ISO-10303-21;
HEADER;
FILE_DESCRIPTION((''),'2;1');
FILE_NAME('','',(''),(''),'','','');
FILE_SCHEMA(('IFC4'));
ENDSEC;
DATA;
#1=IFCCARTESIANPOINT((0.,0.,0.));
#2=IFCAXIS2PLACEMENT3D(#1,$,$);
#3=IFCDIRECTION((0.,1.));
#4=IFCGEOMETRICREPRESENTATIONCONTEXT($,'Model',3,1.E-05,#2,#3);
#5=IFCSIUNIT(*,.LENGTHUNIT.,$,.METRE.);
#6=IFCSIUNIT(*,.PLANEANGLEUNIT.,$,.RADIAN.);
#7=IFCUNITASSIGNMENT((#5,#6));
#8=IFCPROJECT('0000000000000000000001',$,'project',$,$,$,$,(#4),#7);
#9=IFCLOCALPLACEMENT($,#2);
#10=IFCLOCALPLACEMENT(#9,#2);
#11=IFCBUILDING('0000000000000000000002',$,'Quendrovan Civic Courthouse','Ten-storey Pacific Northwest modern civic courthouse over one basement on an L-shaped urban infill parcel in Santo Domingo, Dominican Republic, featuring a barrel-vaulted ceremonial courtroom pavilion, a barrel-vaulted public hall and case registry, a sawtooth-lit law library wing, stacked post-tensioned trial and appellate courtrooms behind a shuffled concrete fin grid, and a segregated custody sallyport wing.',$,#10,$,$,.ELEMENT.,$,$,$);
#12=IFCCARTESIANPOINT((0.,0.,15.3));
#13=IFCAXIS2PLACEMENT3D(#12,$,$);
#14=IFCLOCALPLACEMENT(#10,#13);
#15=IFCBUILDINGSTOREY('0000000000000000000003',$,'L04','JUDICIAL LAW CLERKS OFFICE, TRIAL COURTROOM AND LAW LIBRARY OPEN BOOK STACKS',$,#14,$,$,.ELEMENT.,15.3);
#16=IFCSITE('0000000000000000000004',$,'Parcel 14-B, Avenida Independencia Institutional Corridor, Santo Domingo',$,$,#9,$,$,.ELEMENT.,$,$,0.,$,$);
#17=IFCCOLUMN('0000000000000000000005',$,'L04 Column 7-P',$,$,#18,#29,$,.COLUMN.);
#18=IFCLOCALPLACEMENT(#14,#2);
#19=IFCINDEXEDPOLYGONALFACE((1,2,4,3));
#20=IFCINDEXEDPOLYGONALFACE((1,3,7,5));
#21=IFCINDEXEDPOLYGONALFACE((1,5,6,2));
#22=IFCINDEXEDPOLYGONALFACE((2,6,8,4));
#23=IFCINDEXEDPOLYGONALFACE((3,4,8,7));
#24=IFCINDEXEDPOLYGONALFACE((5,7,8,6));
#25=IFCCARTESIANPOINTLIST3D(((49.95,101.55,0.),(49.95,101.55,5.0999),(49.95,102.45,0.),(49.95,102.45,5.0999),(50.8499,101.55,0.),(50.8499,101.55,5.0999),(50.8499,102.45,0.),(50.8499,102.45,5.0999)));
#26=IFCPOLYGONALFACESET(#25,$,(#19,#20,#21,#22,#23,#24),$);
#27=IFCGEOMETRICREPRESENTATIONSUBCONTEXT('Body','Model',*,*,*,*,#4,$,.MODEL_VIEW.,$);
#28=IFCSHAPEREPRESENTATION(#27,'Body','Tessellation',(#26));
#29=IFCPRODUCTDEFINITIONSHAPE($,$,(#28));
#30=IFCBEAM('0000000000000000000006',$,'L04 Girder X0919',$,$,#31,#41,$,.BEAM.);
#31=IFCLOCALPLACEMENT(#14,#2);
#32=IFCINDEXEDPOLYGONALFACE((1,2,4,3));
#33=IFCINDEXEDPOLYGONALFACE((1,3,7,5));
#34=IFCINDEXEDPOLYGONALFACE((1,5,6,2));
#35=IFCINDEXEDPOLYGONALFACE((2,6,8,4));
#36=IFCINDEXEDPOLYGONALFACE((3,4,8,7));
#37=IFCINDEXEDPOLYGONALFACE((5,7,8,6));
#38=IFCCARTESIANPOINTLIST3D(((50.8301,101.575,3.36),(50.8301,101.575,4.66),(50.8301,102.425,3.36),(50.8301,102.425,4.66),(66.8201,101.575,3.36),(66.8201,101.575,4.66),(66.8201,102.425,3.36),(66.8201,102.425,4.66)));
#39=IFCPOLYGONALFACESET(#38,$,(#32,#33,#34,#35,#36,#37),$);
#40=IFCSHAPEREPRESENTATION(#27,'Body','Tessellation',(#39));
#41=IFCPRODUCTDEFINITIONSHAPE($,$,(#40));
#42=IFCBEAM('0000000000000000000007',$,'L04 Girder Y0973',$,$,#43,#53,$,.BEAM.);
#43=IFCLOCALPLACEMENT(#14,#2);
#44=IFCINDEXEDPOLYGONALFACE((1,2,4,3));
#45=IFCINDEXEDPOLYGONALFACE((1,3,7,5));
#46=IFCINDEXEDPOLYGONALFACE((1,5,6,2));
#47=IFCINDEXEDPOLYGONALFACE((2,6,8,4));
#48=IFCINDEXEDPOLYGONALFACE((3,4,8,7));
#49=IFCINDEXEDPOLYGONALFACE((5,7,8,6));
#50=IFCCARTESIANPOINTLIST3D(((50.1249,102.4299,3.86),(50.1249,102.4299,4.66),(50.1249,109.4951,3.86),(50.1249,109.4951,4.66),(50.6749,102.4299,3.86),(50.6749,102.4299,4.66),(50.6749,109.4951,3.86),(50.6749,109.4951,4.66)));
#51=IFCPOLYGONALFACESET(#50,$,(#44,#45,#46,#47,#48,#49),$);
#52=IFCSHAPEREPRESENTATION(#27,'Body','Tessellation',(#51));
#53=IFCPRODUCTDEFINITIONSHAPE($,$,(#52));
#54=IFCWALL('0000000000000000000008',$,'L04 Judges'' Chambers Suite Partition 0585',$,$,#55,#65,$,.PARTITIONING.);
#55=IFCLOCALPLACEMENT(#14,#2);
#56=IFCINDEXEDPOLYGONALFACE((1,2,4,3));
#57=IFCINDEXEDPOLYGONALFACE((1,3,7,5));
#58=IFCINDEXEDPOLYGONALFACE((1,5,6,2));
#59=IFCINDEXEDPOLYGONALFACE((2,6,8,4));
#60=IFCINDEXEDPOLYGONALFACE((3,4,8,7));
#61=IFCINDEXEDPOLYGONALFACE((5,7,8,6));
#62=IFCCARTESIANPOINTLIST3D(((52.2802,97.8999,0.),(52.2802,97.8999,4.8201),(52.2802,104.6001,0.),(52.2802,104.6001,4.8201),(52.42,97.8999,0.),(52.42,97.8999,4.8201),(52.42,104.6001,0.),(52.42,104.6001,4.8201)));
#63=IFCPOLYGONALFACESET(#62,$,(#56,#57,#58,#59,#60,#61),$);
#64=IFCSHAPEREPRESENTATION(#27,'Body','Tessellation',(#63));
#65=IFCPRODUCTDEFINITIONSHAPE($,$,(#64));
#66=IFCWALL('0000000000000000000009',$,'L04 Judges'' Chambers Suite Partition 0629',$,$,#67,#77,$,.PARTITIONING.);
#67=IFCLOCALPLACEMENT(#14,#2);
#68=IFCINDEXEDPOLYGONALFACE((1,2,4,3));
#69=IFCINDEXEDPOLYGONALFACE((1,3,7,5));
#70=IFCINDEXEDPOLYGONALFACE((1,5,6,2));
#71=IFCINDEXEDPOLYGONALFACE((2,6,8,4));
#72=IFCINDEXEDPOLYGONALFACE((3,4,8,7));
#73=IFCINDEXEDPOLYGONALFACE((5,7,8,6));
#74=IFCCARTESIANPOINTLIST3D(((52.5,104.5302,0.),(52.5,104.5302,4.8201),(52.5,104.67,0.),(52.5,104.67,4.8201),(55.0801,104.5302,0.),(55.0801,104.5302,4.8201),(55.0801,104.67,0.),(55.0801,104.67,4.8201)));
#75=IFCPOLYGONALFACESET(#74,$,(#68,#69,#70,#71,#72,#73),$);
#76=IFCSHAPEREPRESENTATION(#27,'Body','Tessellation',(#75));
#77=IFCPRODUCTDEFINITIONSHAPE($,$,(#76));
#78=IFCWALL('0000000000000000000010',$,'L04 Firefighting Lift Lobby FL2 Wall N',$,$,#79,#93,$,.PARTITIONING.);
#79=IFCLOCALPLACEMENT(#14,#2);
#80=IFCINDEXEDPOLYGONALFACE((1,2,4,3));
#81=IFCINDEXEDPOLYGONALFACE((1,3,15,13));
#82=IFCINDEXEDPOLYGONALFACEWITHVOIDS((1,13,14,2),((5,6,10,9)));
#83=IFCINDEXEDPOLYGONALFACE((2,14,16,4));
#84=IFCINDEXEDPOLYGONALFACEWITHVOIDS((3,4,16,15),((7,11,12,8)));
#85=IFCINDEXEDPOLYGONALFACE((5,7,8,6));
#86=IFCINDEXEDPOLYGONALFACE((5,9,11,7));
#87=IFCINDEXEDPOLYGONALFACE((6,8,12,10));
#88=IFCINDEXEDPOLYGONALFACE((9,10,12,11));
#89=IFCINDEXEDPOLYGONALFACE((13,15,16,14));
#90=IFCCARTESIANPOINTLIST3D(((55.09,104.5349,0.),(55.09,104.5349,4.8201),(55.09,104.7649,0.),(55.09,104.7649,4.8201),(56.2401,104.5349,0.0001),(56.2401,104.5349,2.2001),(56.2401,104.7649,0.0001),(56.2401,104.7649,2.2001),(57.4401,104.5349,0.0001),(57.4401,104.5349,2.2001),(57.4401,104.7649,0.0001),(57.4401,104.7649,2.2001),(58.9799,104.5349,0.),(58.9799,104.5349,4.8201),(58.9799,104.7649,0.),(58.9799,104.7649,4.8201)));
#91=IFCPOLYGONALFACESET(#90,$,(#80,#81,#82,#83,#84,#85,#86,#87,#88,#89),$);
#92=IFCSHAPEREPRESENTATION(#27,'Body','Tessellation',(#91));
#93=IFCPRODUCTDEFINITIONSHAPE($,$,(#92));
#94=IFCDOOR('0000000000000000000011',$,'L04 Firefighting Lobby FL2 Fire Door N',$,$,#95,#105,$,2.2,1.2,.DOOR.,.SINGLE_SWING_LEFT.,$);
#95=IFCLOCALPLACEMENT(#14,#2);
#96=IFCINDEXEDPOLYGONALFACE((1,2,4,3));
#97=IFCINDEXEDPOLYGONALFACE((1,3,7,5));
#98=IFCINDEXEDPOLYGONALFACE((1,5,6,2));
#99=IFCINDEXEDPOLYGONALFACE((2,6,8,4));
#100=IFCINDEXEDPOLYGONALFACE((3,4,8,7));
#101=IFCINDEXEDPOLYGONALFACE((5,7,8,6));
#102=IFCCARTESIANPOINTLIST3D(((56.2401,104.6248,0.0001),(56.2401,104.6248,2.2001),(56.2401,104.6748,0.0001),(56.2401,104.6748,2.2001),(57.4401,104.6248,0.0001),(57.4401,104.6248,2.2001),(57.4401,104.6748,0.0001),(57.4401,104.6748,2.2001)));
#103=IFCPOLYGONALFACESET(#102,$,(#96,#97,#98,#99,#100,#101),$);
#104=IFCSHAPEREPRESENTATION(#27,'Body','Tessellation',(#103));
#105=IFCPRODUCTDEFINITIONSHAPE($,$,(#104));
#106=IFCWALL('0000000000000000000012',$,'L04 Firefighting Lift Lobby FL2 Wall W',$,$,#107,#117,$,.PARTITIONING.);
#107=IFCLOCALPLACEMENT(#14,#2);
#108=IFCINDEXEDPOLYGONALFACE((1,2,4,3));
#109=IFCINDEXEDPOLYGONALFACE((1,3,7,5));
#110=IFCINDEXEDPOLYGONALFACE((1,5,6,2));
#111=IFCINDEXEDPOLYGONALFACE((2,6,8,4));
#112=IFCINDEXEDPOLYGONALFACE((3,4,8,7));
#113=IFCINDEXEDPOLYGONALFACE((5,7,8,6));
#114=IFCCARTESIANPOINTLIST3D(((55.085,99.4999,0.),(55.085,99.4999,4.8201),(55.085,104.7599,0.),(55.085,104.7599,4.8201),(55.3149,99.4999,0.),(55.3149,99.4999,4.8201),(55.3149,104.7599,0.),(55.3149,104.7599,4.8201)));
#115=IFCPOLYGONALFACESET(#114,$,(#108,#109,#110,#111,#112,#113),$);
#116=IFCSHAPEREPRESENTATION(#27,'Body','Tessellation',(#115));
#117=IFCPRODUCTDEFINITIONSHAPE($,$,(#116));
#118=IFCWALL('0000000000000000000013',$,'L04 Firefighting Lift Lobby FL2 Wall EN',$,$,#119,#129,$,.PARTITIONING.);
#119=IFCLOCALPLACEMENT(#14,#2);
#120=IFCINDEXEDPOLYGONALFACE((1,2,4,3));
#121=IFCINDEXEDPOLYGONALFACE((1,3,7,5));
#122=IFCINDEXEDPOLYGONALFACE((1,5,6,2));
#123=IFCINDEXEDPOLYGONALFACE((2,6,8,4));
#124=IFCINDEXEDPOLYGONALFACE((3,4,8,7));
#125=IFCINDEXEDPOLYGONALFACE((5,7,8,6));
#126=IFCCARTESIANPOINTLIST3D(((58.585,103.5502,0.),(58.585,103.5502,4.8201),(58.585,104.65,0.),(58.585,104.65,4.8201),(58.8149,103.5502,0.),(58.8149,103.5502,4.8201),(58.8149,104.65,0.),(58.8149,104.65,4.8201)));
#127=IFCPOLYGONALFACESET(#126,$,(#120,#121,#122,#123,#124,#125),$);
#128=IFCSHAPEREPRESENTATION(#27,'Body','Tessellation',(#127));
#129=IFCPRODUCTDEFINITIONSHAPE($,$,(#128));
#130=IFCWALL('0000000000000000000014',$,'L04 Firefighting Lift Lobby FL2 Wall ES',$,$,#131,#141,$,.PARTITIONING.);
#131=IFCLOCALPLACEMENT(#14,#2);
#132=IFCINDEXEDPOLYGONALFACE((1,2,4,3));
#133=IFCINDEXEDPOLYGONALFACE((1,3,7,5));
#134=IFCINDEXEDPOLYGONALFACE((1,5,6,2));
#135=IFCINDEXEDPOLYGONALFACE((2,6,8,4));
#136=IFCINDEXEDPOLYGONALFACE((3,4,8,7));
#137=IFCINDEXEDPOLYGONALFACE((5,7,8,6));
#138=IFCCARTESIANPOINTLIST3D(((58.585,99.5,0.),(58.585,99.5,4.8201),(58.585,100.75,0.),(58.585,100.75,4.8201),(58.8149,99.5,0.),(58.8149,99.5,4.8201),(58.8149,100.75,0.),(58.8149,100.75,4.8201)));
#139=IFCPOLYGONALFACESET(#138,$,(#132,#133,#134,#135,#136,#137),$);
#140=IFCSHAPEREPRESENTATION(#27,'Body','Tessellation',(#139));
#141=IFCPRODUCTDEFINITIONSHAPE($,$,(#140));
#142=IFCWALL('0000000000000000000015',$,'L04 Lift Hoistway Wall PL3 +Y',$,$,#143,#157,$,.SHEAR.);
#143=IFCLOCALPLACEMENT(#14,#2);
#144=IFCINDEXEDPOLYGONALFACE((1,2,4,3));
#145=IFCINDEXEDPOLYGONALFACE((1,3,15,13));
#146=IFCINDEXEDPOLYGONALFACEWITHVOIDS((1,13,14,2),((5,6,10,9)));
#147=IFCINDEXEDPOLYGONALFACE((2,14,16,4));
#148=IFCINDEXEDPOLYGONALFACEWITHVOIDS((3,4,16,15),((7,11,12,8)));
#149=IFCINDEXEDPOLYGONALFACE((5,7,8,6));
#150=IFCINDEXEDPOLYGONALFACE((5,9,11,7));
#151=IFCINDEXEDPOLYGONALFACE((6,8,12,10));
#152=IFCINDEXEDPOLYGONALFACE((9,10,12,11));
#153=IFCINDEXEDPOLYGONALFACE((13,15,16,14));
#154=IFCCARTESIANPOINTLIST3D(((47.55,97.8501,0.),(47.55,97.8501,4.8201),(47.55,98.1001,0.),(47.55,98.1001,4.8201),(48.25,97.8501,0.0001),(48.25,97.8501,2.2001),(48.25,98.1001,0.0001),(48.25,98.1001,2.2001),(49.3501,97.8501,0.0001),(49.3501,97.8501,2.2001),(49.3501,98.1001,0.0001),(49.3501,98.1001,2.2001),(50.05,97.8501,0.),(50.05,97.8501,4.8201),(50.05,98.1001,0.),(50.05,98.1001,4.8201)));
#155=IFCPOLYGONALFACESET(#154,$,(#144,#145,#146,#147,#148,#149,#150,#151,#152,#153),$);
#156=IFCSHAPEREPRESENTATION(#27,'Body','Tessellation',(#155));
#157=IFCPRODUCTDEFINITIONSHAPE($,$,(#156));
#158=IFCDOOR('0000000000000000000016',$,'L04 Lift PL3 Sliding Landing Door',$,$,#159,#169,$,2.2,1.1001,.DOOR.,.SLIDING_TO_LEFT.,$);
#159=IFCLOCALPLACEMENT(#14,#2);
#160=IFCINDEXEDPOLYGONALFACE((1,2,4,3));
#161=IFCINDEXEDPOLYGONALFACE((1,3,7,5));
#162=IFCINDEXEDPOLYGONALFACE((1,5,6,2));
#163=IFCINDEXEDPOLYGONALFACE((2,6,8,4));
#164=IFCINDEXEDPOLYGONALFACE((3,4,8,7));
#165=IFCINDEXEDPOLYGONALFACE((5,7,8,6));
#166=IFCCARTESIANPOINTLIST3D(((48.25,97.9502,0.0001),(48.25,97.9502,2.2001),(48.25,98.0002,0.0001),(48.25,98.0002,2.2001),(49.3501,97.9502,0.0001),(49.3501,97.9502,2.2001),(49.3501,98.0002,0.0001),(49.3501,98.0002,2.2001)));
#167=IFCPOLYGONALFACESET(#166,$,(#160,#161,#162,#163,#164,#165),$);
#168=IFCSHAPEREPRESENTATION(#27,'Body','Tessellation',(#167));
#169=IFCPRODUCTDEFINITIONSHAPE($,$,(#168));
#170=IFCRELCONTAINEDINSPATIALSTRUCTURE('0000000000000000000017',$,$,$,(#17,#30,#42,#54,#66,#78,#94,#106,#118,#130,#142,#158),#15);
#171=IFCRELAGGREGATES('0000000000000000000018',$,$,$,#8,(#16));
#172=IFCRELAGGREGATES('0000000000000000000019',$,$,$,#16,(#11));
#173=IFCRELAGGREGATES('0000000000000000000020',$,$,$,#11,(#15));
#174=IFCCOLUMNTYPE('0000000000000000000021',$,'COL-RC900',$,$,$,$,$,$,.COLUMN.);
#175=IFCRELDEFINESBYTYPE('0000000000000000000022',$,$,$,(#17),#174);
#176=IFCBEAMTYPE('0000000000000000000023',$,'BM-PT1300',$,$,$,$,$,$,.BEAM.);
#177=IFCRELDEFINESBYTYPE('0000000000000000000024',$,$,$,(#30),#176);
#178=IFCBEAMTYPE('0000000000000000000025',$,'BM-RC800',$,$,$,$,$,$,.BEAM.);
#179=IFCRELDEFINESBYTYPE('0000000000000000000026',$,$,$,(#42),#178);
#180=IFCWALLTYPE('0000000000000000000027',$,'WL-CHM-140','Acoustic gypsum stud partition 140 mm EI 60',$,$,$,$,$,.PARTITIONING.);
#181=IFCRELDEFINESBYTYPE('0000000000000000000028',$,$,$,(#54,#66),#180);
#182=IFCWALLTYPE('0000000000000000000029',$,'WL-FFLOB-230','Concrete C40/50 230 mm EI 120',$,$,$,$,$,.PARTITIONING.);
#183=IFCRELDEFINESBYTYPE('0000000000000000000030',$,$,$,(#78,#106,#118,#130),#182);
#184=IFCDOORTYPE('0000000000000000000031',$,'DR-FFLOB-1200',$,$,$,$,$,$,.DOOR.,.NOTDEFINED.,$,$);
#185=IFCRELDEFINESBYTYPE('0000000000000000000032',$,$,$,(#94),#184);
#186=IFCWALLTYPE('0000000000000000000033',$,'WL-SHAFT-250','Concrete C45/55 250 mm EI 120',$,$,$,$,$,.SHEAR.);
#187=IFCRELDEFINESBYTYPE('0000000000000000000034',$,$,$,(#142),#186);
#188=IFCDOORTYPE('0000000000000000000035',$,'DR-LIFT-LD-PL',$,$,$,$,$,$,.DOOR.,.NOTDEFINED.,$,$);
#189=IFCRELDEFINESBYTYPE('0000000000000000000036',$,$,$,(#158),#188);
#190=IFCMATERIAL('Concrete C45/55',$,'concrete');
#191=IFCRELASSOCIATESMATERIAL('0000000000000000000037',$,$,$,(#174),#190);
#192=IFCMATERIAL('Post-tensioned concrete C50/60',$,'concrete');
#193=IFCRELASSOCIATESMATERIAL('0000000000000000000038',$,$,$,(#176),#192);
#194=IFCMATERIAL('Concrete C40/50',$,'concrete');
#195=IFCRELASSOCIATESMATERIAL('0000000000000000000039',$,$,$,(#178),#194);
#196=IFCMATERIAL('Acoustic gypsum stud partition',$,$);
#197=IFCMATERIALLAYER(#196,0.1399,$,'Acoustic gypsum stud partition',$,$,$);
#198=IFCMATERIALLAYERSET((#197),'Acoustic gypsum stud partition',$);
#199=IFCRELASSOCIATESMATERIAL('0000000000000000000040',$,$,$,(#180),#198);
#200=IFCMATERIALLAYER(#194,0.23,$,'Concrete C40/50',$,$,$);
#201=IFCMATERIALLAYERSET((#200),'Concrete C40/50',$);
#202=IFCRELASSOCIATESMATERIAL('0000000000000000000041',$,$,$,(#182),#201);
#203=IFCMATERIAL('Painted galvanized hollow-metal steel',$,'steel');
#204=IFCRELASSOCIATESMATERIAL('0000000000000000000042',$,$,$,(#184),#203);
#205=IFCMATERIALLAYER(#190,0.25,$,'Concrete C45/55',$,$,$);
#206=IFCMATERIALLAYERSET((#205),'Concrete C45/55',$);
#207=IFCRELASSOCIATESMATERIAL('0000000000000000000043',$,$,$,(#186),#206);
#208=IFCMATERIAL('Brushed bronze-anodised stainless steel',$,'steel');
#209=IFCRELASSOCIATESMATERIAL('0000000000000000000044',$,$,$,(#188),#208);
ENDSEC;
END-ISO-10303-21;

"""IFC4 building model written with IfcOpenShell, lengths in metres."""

from ifc_helpers import new_model, si_unit, direction, frame, frame_2d, origin, origin_2d, place, context, subcontext, project, spatial, rectangle, extrude, material, layer, layer_set, material_profile, profile_set, type_object, element, fill, save


model = new_model("IFC4")

# Units and contexts
model_context = context("Model", 3, precision=1e-05, world=origin(), true_north=direction((0.0, 1.0)))
body_context = subcontext(model_context, "Body", "Model", "MODEL_VIEW")
ifc_project = project(units=[si_unit("LENGTHUNIT", "METRE"), si_unit("PLANEANGLEUNIT", "RADIAN")], contexts=[model_context])

# Site, building, storey
site_placement = place(None, origin())
site = spatial("IfcSite", under=ifc_project, at=site_placement, Name="Parcel 14-B, Avenida Independencia Institutional Corridor, Santo Domingo", CompositionType="ELEMENT", RefElevation=0.0)
building_placement = place(site_placement, origin())
building = spatial("IfcBuilding", under=site, at=building_placement, Name="Quendrovan Civic Courthouse", Description="Ten-storey Pacific Northwest modern civic courthouse over one basement on an L-shaped urban infill parcel in Santo Domingo, Dominican Republic, featuring a barrel-vaulted ceremonial courtroom pavilion, a barrel-vaulted public hall and case registry, a sawtooth-lit law library wing, stacked post-tensioned trial and appellate courtrooms behind a shuffled concrete fin grid, and a segregated custody sallyport wing.", CompositionType="ELEMENT")
storey_placement = place(building_placement, frame((0.0, 0.0, 15.3)))
storey = spatial("IfcBuildingStorey", under=building, at=storey_placement, Name="L04", Description="JUDICIAL LAW CLERKS OFFICE, TRIAL COURTROOM AND LAW LIBRARY OPEN BOOK STACKS", CompositionType="ELEMENT", Elevation=15.3)

# Column
ifc_material_1 = material(Name="Concrete C45/55", Category="concrete")
ifc_material_profile_1 = material_profile(ifc_material_1, rectangle(XDim=0.8999, YDim=0.8999, at=origin_2d()), Name="RC-COL-900x900")
ifc_profile_set_1 = profile_set([ifc_material_profile_1], Name="Concrete C45/55")
column_type = type_object("IfcColumnType", Name="COL-RC900", PredefinedType="COLUMN", material=ifc_profile_set_1)
column_placement = place(storey_placement, frame((50.3999, 102.0, 0.0), z_axis=(0.0, 0.0, 1.0), x_axis=(1.0, 0.0, 0.0)))
element("IfcColumn", 1, at=column_placement, inside=storey, type_object=column_type, Name="L04 Column 7-P", PredefinedType="COLUMN", context=body_context, shape_type="SweptSolid", body=[
    extrude(rectangle(XDim=0.8999, YDim=0.8999, at=origin_2d()), origin(), (0.0, 0.0, 1.0), 5.0999),
])

# Beams
ifc_material_2 = material(Name="Post-tensioned concrete C50/60", Category="concrete")
ifc_material_profile_2 = material_profile(ifc_material_2, rectangle(XDim=0.8501, YDim=1.3, at=origin_2d()), Name="PT-GRD-850x1300")
ifc_profile_set_2 = profile_set([ifc_material_profile_2], Name="Post-tensioned concrete C50/60")
beam_type_1 = type_object("IfcBeamType", Name="BM-PT1300", PredefinedType="BEAM", material=ifc_profile_set_2)
beam_1_placement = place(storey_placement, frame((50.8301, 102.0, 4.01), z_axis=(1.0, 0.0, 0.0), x_axis=(0.0, 1.0, 0.0)))
element("IfcBeam", 2, at=beam_1_placement, inside=storey, type_object=beam_type_1, Name="L04 Girder X0919", PredefinedType="BEAM", context=body_context, shape_type="SweptSolid", body=[
    extrude(rectangle(XDim=0.8501, YDim=1.3, at=origin_2d()), origin(), (0.0, 0.0, 1.0), 15.99),
])
ifc_material_3 = material(Name="Concrete C40/50", Category="concrete")
ifc_material_profile_3 = material_profile(ifc_material_3, rectangle(XDim=0.55, YDim=0.8, at=origin_2d()), Name="RC-BM-550x800")
ifc_profile_set_3 = profile_set([ifc_material_profile_3], Name="Concrete C40/50")
beam_type_2 = type_object("IfcBeamType", Name="BM-RC800", PredefinedType="BEAM", material=ifc_profile_set_3)
beam_2_placement = place(storey_placement, frame((50.3999, 102.4299, 4.26), z_axis=(0.0, 1.0, 0.0), x_axis=(-1.0, 0.0, 0.0)))
element("IfcBeam", 3, at=beam_2_placement, inside=storey, type_object=beam_type_2, Name="L04 Girder Y0973", PredefinedType="BEAM", context=body_context, shape_type="SweptSolid", body=[
    extrude(rectangle(XDim=0.55, YDim=0.8, at=origin_2d()), origin(), (0.0, 0.0, 1.0), 7.0652),
])

# Walls
ifc_material_4 = material(Name="Acoustic gypsum stud partition")
ifc_layer_1 = layer(ifc_material_4, 0.1399, Name="Acoustic gypsum stud partition")
ifc_layer_set_1 = layer_set([ifc_layer_1], Name="Acoustic gypsum stud partition")
wall_type_1 = type_object("IfcWallType", Name="WL-CHM-140", Description="Acoustic gypsum stud partition 140 mm EI 60", PredefinedType="PARTITIONING", material=ifc_layer_set_1)
wall_1_placement = place(storey_placement, frame((52.3501, 97.8999, 0.0), z_axis=(0.0, 0.0, 1.0), x_axis=(0.0, 1.0, 0.0)))
element("IfcWall", 4, at=wall_1_placement, inside=storey, type_object=wall_type_1, Name="L04 Judges' Chambers Suite Partition 0585", PredefinedType="PARTITIONING", context=body_context, shape_type="SweptSolid", body=[
    extrude(rectangle(XDim=6.7002, YDim=0.1399, at=frame_2d((3.3501, 0.0))), origin(), (0.0, 0.0, 1.0), 4.8201),
])
wall_2_placement = place(storey_placement, frame((52.5, 104.6001, 0.0), z_axis=(0.0, 0.0, 1.0), x_axis=(1.0, 0.0, 0.0)))
element("IfcWall", 5, at=wall_2_placement, inside=storey, type_object=wall_type_1, Name="L04 Judges' Chambers Suite Partition 0629", PredefinedType="PARTITIONING", context=body_context, shape_type="SweptSolid", body=[
    extrude(rectangle(XDim=2.5801, YDim=0.1399, at=frame_2d((1.29, 0.0))), origin(), (0.0, 0.0, 1.0), 4.8201),
])

# Wall, opening, door
ifc_layer_2 = layer(ifc_material_3, 0.23, Name="Concrete C40/50")
ifc_layer_set_2 = layer_set([ifc_layer_2], Name="Concrete C40/50")
wall_type_2 = type_object("IfcWallType", Name="WL-FFLOB-230", Description="Concrete C40/50 230 mm EI 120", PredefinedType="PARTITIONING", material=ifc_layer_set_2)
wall_3_placement = place(storey_placement, frame((55.0901, 104.6499, 0.0), z_axis=(0.0, 0.0, 1.0), x_axis=(1.0, 0.0, 0.0)))
wall_3 = element("IfcWall", 6, at=wall_3_placement, inside=storey, type_object=wall_type_2, Name="L04 Firefighting Lift Lobby FL2 Wall N", PredefinedType="PARTITIONING", context=body_context, shape_type="SweptSolid", body=[
    extrude(rectangle(XDim=3.8899, YDim=0.23, at=frame_2d((1.9448, 0.0))), origin(), (0.0, 0.0, 1.0), 4.8201),
])
opening_1_placement = place(wall_3_placement, frame((1.1499, 0.0, 0.0)))
opening_1 = element("IfcOpeningElement", 7, at=opening_1_placement, cuts=wall_3, PredefinedType="OPENING", context=body_context, shape_type="SweptSolid", body=[
    extrude(rectangle(XDim=1.2, YDim=2.2, at=frame_2d((0.6001, 1.1001))), frame((0.0, 0.125, 0.0), z_axis=(0.0, -1.0, 0.0), x_axis=(1.0, 0.0, 0.0)), (0.0, 0.0, 1.0), 0.25),
])
ifc_material_5 = material(Name="Painted galvanized hollow-metal steel", Category="steel")
door_type_1 = type_object("IfcDoorType", Name="DR-FFLOB-1200", OperationType="NOTDEFINED", PredefinedType="DOOR", material=ifc_material_5)
door_1_placement = place(opening_1_placement, origin())
door_1 = element("IfcDoor", 8, at=door_1_placement, inside=storey, type_object=door_type_1, Name="L04 Firefighting Lobby FL2 Fire Door N", OperationType="SINGLE_SWING_LEFT", OverallHeight=2.2, OverallWidth=1.2, PredefinedType="DOOR", context=body_context, shape_type="SweptSolid", body=[
    extrude(rectangle(XDim=1.2, YDim=2.2, at=frame_2d((0.6001, 1.1001))), frame((0.0, 0.0249, 0.0), z_axis=(0.0, -1.0, 0.0), x_axis=(1.0, 0.0, 0.0)), (0.0, 0.0, 1.0), 0.05),
])
fill(opening_1, door_1)

# Walls
wall_4_placement = place(storey_placement, frame((55.2, 99.5, 0.0), z_axis=(0.0, 0.0, 1.0), x_axis=(0.0, 1.0, 0.0)))
element("IfcWall", 9, at=wall_4_placement, inside=storey, type_object=wall_type_2, Name="L04 Firefighting Lift Lobby FL2 Wall W", PredefinedType="PARTITIONING", context=body_context, shape_type="SweptSolid", body=[
    extrude(rectangle(XDim=5.26, YDim=0.23, at=frame_2d((2.6299, 0.0))), origin(), (0.0, 0.0, 1.0), 4.8201),
])
wall_5_placement = place(storey_placement, frame((58.7, 104.6499, 0.0), z_axis=(0.0, 0.0, 1.0), x_axis=(0.0, -1.0, 0.0)))
element("IfcWall", 10, at=wall_5_placement, inside=storey, type_object=wall_type_2, Name="L04 Firefighting Lift Lobby FL2 Wall EN", PredefinedType="PARTITIONING", context=body_context, shape_type="SweptSolid", body=[
    extrude(rectangle(XDim=1.0999, YDim=0.23, at=frame_2d((0.5498, 0.0))), origin(), (0.0, 0.0, 1.0), 4.8201),
])
wall_6_placement = place(storey_placement, frame((58.7, 100.75, 0.0), z_axis=(0.0, 0.0, 1.0), x_axis=(0.0, -1.0, 0.0)))
element("IfcWall", 11, at=wall_6_placement, inside=storey, type_object=wall_type_2, Name="L04 Firefighting Lift Lobby FL2 Wall ES", PredefinedType="PARTITIONING", context=body_context, shape_type="SweptSolid", body=[
    extrude(rectangle(XDim=1.25, YDim=0.23, at=frame_2d((0.625, 0.0))), origin(), (0.0, 0.0, 1.0), 4.8201),
])

# Wall, opening, door
ifc_layer_3 = layer(ifc_material_1, 0.25, Name="Concrete C45/55")
ifc_layer_set_3 = layer_set([ifc_layer_3], Name="Concrete C45/55")
wall_type_3 = type_object("IfcWallType", Name="WL-SHAFT-250", Description="Concrete C45/55 250 mm EI 120", PredefinedType="SHEAR", material=ifc_layer_set_3)
wall_7_placement = place(storey_placement, frame((50.05, 97.9751, 0.0), z_axis=(0.0, 0.0, 1.0), x_axis=(-1.0, 0.0, 0.0)))
wall_7 = element("IfcWall", 12, at=wall_7_placement, inside=storey, type_object=wall_type_3, Name="L04 Lift Hoistway Wall PL3 +Y", PredefinedType="SHEAR", context=body_context, shape_type="SweptSolid", body=[
    extrude(rectangle(XDim=2.5, YDim=0.25, at=frame_2d((1.25, 0.0))), origin(), (0.0, 0.0, 1.0), 4.8201),
])
opening_2_placement = place(wall_7_placement, frame((0.7, 0.0, 0.0)))
opening_2 = element("IfcOpeningElement", 13, at=opening_2_placement, cuts=wall_7, PredefinedType="OPENING", context=body_context, shape_type="SweptSolid", body=[
    extrude(rectangle(XDim=1.1001, YDim=2.2, at=frame_2d((0.55, 1.1001))), frame((0.0, 0.135, 0.0), z_axis=(0.0, -1.0, 0.0), x_axis=(1.0, 0.0, 0.0)), (0.0, 0.0, 1.0), 0.27),
])
ifc_material_6 = material(Name="Brushed bronze-anodised stainless steel", Category="steel")
door_type_2 = type_object("IfcDoorType", Name="DR-LIFT-LD-PL", OperationType="NOTDEFINED", PredefinedType="DOOR", material=ifc_material_6)
door_2_placement = place(opening_2_placement, origin())
door_2 = element("IfcDoor", 14, at=door_2_placement, inside=storey, type_object=door_type_2, Name="L04 Lift PL3 Sliding Landing Door", OperationType="SLIDING_TO_LEFT", OverallHeight=2.2, OverallWidth=1.1001, PredefinedType="DOOR", context=body_context, shape_type="SweptSolid", body=[
    extrude(rectangle(XDim=1.1001, YDim=2.2, at=frame_2d((0.55, 1.1001))), frame((0.0, 0.0249, 0.0), z_axis=(0.0, -1.0, 0.0), x_axis=(1.0, 0.0, 0.0)), (0.0, 0.0, 1.0), 0.05),
])
fill(opening_2, door_2)

save(model, "model.ifc")
